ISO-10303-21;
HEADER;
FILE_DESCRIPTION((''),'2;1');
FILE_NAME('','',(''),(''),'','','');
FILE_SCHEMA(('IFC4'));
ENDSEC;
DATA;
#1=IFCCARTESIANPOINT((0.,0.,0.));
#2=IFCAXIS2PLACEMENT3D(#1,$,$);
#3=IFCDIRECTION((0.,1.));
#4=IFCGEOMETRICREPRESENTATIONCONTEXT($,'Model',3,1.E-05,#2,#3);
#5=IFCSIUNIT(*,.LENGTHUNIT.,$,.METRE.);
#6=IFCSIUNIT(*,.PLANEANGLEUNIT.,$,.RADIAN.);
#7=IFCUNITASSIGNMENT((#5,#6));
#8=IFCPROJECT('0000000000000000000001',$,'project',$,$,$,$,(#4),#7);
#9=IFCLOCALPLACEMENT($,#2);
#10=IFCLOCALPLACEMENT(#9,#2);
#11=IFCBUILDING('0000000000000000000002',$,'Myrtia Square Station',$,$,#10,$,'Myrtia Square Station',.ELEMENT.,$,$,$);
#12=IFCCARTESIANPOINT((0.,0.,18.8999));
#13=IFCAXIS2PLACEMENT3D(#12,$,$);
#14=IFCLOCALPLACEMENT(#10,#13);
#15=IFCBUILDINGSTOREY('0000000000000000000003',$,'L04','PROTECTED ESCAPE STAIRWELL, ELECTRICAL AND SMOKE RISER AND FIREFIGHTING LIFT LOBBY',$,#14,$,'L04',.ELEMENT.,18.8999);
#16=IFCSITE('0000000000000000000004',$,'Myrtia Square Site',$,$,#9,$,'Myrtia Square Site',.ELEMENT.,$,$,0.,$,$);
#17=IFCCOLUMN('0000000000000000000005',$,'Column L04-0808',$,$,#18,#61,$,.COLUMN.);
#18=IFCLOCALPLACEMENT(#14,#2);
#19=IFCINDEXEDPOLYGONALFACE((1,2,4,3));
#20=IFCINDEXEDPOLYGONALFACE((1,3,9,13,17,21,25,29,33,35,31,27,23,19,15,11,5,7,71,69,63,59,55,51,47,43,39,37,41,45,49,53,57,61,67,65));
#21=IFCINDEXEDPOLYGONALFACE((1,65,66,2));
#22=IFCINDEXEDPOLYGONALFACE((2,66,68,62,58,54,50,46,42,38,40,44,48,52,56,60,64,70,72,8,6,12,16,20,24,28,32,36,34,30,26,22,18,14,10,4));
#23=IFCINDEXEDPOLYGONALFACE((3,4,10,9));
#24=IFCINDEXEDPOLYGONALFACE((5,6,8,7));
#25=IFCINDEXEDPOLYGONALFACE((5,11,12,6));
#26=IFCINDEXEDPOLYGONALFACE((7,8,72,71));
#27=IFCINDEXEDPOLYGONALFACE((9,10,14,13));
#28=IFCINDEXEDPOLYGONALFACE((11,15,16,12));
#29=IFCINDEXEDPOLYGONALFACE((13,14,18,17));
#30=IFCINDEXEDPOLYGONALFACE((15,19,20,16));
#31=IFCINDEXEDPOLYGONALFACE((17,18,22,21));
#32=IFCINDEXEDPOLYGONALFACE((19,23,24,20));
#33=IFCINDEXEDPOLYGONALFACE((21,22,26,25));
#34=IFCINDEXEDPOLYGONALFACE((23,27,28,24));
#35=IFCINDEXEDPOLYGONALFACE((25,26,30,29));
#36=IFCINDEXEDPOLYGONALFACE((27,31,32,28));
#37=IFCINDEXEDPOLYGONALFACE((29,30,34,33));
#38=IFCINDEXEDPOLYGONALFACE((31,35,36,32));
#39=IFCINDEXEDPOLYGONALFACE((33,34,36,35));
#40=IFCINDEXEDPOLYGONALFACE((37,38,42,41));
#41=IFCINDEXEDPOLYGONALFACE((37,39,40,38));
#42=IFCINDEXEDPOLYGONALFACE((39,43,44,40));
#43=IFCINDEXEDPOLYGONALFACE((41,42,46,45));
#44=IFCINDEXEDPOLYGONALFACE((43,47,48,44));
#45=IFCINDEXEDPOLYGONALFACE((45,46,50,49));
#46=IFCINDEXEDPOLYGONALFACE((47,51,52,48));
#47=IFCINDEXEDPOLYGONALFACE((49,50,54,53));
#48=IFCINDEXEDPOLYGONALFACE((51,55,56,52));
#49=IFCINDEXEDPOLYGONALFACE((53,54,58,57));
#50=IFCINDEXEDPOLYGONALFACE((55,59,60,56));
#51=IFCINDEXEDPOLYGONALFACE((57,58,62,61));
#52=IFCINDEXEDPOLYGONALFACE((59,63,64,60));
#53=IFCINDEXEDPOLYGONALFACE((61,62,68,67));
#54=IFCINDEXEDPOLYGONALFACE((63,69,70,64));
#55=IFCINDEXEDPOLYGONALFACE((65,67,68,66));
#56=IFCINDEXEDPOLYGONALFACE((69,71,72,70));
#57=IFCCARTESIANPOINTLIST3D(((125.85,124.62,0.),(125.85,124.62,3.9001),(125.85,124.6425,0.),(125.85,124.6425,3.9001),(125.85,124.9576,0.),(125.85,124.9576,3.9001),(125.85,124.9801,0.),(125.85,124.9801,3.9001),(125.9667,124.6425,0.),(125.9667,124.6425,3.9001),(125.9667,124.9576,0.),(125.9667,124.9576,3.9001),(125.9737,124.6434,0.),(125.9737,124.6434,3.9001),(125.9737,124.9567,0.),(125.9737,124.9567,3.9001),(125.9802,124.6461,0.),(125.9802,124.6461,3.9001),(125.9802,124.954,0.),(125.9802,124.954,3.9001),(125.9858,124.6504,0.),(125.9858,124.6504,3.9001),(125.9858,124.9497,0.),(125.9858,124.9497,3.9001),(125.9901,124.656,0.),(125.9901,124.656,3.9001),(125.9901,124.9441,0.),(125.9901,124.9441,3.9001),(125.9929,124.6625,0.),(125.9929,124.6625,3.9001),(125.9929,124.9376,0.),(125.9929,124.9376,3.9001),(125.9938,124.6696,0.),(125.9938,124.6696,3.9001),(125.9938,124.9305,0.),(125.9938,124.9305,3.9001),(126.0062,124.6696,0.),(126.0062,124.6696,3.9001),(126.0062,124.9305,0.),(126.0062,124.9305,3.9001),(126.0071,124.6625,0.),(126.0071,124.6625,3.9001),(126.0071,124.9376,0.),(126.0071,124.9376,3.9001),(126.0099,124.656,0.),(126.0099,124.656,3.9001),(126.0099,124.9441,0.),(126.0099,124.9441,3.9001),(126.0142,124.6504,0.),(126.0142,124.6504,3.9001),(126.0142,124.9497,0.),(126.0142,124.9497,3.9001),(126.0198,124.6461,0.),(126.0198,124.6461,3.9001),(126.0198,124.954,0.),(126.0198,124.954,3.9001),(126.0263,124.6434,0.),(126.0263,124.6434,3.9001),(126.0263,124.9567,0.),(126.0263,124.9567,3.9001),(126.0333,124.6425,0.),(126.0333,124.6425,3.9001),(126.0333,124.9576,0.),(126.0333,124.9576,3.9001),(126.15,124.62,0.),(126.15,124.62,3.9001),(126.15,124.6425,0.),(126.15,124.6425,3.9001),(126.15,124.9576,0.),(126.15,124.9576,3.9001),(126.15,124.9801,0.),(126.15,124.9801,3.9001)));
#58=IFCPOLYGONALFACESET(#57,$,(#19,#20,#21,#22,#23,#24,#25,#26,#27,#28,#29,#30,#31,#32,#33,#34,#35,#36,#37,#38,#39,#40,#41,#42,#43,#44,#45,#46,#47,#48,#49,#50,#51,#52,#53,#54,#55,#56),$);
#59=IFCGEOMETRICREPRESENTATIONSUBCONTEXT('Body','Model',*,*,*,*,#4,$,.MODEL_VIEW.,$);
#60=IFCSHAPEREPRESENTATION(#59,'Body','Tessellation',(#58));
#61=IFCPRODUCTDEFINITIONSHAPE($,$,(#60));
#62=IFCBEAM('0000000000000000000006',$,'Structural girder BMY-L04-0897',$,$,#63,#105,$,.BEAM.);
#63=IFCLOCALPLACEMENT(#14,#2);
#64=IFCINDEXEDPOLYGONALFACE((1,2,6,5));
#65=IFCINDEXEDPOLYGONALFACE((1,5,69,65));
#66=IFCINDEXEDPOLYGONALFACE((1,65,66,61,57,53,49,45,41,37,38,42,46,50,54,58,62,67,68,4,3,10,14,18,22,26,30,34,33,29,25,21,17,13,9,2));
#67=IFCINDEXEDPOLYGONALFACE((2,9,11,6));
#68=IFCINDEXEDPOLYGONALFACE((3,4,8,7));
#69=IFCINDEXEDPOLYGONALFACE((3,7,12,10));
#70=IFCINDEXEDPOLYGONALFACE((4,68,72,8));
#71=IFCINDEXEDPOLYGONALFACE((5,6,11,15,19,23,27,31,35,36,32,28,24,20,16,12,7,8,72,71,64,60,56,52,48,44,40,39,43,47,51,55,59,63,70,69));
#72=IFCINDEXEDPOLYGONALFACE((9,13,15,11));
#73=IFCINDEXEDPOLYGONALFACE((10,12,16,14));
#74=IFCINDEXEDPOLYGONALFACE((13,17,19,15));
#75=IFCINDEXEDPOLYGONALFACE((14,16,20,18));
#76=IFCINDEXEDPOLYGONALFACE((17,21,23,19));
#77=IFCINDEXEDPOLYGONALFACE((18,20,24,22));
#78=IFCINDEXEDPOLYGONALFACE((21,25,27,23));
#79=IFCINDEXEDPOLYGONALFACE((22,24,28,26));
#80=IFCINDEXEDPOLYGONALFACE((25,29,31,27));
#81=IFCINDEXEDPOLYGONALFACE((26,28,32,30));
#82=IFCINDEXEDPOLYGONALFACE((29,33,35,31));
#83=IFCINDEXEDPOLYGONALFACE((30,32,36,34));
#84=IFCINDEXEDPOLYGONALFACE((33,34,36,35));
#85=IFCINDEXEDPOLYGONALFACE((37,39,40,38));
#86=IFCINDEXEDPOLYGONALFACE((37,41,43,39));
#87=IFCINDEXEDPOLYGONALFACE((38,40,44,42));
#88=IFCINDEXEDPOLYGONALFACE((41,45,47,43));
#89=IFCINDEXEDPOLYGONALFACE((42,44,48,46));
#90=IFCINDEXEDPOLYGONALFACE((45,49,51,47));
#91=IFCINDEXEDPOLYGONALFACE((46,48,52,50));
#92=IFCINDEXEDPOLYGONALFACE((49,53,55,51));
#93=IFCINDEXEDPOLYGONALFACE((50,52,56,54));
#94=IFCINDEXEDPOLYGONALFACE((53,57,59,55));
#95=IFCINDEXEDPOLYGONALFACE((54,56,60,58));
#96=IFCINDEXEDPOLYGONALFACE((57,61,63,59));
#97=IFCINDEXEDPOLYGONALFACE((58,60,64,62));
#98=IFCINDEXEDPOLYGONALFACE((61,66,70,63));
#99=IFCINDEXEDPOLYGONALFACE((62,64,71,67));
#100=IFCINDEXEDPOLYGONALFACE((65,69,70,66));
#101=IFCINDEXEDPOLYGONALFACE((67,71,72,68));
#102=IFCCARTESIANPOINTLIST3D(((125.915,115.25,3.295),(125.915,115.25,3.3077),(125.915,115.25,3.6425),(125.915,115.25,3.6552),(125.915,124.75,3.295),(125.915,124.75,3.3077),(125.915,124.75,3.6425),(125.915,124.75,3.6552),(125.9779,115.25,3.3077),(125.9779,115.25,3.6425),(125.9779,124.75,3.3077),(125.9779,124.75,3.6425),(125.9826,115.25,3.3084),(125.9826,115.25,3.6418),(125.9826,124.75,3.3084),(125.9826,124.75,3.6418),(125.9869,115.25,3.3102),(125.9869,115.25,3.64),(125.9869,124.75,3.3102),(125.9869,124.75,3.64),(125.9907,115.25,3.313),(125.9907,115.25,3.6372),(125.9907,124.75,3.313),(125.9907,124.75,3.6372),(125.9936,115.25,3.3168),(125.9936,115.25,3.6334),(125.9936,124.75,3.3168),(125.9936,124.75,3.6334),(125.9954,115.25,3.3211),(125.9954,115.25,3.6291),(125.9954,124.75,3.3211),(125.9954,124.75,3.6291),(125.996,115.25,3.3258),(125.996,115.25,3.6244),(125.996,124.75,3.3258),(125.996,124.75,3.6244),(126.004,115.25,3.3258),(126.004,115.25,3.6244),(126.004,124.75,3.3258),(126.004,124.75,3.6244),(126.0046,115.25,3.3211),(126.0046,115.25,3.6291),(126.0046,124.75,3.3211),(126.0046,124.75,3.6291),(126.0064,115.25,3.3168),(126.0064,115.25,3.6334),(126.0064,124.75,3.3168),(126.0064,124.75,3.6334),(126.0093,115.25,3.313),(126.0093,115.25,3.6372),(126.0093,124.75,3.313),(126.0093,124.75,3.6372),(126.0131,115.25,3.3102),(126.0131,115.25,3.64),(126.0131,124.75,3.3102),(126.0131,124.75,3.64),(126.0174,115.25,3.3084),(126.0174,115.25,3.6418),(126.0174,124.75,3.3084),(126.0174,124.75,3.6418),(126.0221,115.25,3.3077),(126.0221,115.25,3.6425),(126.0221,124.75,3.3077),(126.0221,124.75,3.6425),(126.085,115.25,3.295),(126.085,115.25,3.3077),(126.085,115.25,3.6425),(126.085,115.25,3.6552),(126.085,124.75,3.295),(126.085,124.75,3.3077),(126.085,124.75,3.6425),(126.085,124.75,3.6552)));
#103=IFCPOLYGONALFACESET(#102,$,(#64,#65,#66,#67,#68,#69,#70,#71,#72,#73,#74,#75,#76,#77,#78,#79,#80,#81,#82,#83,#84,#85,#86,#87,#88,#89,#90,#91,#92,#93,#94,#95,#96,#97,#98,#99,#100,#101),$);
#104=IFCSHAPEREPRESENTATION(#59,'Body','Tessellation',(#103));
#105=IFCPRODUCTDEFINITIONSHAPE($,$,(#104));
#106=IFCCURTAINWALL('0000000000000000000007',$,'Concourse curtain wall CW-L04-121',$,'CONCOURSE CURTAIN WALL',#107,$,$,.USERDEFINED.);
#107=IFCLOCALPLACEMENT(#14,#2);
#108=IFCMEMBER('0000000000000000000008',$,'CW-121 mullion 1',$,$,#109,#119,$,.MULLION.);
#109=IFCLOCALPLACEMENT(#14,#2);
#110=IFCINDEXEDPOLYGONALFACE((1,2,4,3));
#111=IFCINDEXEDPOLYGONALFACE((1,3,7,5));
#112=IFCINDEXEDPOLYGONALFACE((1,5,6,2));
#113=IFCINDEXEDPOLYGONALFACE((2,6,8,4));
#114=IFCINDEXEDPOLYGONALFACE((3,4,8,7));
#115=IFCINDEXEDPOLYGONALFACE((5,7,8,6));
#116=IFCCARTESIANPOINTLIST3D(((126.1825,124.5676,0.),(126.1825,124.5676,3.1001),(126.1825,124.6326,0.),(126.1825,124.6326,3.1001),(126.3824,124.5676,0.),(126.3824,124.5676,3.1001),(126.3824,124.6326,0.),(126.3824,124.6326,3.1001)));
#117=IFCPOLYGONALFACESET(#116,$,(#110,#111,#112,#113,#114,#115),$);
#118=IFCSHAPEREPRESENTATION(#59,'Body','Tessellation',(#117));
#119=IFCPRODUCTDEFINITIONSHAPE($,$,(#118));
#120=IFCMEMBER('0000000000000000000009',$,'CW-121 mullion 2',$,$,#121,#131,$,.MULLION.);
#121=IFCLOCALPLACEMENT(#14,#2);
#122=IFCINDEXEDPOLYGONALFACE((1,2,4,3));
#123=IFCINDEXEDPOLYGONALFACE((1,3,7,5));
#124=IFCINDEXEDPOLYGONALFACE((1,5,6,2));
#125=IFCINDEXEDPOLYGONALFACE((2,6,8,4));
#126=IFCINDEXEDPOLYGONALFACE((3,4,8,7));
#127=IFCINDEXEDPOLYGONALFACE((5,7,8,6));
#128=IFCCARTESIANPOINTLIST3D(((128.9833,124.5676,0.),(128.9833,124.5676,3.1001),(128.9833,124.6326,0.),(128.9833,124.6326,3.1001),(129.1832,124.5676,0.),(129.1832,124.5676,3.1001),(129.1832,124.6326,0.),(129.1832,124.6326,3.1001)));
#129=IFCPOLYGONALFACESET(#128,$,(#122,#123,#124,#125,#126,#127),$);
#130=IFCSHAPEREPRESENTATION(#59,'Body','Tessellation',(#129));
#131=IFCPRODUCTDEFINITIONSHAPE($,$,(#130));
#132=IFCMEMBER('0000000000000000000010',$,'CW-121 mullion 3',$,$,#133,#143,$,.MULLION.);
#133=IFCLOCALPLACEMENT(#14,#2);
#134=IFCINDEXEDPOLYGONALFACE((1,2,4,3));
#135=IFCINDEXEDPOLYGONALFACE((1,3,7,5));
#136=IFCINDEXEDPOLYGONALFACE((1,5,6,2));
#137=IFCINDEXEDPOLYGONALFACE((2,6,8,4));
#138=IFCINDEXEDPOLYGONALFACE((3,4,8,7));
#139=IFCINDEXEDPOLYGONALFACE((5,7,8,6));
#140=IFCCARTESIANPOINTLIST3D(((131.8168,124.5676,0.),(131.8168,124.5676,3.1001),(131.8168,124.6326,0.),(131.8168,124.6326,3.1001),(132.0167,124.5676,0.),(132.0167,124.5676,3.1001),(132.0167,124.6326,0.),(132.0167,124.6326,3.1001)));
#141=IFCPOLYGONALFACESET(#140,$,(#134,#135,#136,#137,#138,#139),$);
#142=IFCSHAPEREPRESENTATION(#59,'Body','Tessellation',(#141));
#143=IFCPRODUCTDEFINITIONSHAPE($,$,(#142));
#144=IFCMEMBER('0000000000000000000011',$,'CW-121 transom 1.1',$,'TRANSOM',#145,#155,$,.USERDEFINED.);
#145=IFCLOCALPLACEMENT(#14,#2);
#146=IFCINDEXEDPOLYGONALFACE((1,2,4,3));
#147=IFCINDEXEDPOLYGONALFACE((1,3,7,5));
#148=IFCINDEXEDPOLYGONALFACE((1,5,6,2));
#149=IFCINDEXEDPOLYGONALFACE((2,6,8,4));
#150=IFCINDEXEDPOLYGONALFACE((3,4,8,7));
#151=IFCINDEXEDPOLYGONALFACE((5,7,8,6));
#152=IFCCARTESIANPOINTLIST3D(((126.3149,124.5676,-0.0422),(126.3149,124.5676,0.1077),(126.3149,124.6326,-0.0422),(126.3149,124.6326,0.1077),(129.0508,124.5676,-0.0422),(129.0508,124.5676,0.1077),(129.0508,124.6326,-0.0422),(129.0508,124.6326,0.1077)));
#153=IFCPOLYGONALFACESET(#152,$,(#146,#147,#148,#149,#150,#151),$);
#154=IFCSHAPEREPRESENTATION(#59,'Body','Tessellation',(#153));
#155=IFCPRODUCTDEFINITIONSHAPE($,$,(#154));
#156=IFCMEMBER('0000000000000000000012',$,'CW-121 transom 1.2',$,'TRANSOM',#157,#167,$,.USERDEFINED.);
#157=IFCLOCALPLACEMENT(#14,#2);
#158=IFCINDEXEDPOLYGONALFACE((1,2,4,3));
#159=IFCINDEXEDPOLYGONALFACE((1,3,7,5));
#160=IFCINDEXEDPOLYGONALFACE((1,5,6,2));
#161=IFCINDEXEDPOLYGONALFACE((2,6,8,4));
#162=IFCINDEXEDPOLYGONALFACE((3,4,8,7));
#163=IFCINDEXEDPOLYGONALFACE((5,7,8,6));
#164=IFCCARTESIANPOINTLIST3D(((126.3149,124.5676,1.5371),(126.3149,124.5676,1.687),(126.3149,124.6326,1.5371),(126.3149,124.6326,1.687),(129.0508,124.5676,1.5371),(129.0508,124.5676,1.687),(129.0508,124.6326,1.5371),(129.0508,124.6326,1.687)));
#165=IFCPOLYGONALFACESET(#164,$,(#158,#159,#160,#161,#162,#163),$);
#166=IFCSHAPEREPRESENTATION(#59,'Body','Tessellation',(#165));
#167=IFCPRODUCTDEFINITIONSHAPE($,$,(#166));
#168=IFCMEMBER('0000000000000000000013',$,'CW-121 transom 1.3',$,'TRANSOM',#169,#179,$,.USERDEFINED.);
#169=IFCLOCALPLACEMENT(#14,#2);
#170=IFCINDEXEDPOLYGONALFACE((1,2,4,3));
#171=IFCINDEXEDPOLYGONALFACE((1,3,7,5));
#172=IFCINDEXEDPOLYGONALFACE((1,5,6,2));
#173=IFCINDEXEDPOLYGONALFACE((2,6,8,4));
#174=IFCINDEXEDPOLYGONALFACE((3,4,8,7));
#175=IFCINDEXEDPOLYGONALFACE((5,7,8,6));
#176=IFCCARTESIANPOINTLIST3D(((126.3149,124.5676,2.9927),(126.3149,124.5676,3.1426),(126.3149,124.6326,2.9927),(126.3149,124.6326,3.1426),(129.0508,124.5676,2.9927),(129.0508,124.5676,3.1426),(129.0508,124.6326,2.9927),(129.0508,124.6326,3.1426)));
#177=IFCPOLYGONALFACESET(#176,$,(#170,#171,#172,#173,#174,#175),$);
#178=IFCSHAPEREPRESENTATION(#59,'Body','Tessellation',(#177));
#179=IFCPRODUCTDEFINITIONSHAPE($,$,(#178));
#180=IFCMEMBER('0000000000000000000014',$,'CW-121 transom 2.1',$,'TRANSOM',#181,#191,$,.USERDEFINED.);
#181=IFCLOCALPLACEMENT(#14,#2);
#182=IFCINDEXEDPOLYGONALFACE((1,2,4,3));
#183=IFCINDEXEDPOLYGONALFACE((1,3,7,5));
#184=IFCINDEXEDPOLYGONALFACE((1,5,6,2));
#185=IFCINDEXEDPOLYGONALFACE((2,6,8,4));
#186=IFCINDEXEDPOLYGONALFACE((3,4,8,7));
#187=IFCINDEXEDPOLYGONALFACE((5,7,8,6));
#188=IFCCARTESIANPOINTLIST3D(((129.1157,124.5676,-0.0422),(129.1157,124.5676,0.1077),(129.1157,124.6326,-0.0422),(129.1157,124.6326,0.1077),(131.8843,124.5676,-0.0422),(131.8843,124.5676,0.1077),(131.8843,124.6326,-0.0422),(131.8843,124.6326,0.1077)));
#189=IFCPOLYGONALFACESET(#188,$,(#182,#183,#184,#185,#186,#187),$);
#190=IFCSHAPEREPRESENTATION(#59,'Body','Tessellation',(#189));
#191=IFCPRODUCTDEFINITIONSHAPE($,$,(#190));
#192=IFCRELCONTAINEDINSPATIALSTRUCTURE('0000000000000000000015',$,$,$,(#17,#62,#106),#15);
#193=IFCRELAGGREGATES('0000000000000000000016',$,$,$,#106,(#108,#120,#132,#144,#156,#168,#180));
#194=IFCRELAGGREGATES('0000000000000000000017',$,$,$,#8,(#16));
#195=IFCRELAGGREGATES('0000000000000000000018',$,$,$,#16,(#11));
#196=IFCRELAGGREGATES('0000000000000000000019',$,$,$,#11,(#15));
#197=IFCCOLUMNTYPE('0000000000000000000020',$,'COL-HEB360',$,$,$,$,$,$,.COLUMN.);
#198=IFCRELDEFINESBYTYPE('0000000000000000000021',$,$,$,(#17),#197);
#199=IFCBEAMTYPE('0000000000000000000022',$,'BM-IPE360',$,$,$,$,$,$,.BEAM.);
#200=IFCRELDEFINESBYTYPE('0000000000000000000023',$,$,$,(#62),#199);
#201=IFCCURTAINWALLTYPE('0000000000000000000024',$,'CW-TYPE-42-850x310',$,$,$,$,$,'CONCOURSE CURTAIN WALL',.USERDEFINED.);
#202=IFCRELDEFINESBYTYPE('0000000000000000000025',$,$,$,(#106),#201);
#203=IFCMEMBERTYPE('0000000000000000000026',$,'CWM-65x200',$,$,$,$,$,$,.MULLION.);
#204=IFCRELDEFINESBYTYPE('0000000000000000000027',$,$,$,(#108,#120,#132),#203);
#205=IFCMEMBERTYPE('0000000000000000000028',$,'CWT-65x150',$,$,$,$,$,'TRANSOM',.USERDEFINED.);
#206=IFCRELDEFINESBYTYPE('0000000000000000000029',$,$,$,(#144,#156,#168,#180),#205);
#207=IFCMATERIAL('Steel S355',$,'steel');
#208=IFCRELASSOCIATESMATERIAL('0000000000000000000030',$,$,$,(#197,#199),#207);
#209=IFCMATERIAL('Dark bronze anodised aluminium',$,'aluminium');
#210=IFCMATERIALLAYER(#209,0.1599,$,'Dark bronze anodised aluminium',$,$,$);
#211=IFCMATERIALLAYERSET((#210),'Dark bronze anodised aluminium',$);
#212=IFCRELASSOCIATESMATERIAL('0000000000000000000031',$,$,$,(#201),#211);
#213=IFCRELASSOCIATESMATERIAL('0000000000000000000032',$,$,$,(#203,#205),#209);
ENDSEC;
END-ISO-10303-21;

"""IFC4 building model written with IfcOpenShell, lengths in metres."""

from ifc_helpers import new_model, si_unit, direction, frame, origin, origin_2d, place, context, subcontext, project, spatial, rectangle, i_section, extrude, material, layer, layer_set, material_profile, profile_set, type_object, element, aggregate, save


model = new_model("IFC4")

# Units and contexts
model_context = context("Model", 3, precision=1e-05, world=origin(), true_north=direction((0.0, 1.0)))
body_context = subcontext(model_context, "Body", "Model", "MODEL_VIEW")
ifc_project = project(units=[si_unit("LENGTHUNIT", "METRE"), si_unit("PLANEANGLEUNIT", "RADIAN")], contexts=[model_context])

# Site, building, storey
site_placement = place(None, origin())
site = spatial("IfcSite", under=ifc_project, at=site_placement, Name="Myrtia Square Site", LongName="Myrtia Square Site", CompositionType="ELEMENT", RefElevation=0.0)
building_placement = place(site_placement, origin())
building = spatial("IfcBuilding", under=site, at=building_placement, Name="Myrtia Square Station", LongName="Myrtia Square Station", CompositionType="ELEMENT")
storey_placement = place(building_placement, frame((0.0, 0.0, 18.8999)))
storey = spatial("IfcBuildingStorey", under=building, at=storey_placement, Name="L04", Description="PROTECTED ESCAPE STAIRWELL, ELECTRICAL AND SMOKE RISER AND FIREFIGHTING LIFT LOBBY", LongName="L04", CompositionType="ELEMENT", Elevation=18.8999)

# Column
ifc_material_1 = material(Name="Steel S355", Category="steel")
ifc_material_profile_1 = material_profile(ifc_material_1, i_section(OverallWidth=0.3, OverallDepth=0.3601, WebThickness=0.0125, FlangeThickness=0.0225, FilletRadius=0.0271, at=origin_2d()), Name="HEB 360")
ifc_profile_set_1 = profile_set([ifc_material_profile_1], Name="Steel S355")
column_type = type_object("IfcColumnType", Name="COL-HEB360", PredefinedType="COLUMN", material=ifc_profile_set_1)
column_placement = place(storey_placement, frame((126.0, 124.8, 0.0), z_axis=(0.0, 0.0, 1.0), x_axis=(1.0, 0.0, 0.0)))
element("IfcColumn", 1, at=column_placement, inside=storey, type_object=column_type, Name="Column L04-0808", PredefinedType="COLUMN", context=body_context, shape_type="SweptSolid", body=[
    extrude(i_section(OverallWidth=0.3, OverallDepth=0.3601, WebThickness=0.0125, FlangeThickness=0.0225, FilletRadius=0.0271, at=origin_2d()), origin(), (0.0, 0.0, 1.0), 3.9001),
])

# Beam
ifc_material_profile_2 = material_profile(ifc_material_1, i_section(OverallWidth=0.1699, OverallDepth=0.3601, WebThickness=0.0081, FlangeThickness=0.0127, FilletRadius=0.0181, at=origin_2d()), Name="IPE 360")
ifc_profile_set_2 = profile_set([ifc_material_profile_2], Name="Steel S355")
beam_type_1 = type_object("IfcBeamType", Name="BM-IPE360", PredefinedType="BEAM", material=ifc_profile_set_2)
beam_1_placement = place(storey_placement, frame((126.0, 115.25, 3.4751), z_axis=(0.0, 1.0, 0.0), x_axis=(-1.0, 0.0, 0.0)))
element("IfcBeam", 2, at=beam_1_placement, inside=storey, type_object=beam_type_1, Name="Structural girder BMY-L04-0897", PredefinedType="BEAM", context=body_context, shape_type="SweptSolid", body=[
    extrude(i_section(OverallWidth=0.1699, OverallDepth=0.3601, WebThickness=0.0081, FlangeThickness=0.0127, FilletRadius=0.0181, at=origin_2d()), origin(), (0.0, 0.0, 1.0), 9.5),
])

# Curtain wall, members
ifc_material_2 = material(Name="Dark bronze anodised aluminium", Category="aluminium")
ifc_layer_1 = layer(ifc_material_2, 0.1599, Name="Dark bronze anodised aluminium")
ifc_layer_set_1 = layer_set([ifc_layer_1], Name="Dark bronze anodised aluminium")
curtain_wall_type = type_object("IfcCurtainWallType", Name="CW-TYPE-42-850x310", ElementType="CONCOURSE CURTAIN WALL", PredefinedType="USERDEFINED", material=ifc_layer_set_1)
curtain_wall_placement = place(storey_placement, origin())
curtain_wall = element("IfcCurtainWall", 3, at=curtain_wall_placement, inside=storey, type_object=curtain_wall_type, Name="Concourse curtain wall CW-L04-121", ObjectType="CONCOURSE CURTAIN WALL", PredefinedType="USERDEFINED")
ifc_material_profile_3 = material_profile(ifc_material_2, rectangle(XDim=0.0649, YDim=0.2, at=origin_2d()), Name="ALU-M 65x200")
ifc_profile_set_3 = profile_set([ifc_material_profile_3], Name="Dark bronze anodised aluminium")
member_type_1 = type_object("IfcMemberType", Name="CWM-65x200", PredefinedType="MULLION", material=ifc_profile_set_3)
member_1_placement = place(storey_placement, frame((126.2825, 124.6001, 0.0), z_axis=(0.0, 0.0, 1.0), x_axis=(0.0, 1.0, 0.0)))
member_1 = element("IfcMember", 4, at=member_1_placement, type_object=member_type_1, Name="CW-121 mullion 1", PredefinedType="MULLION", context=body_context, shape_type="SweptSolid", body=[
    extrude(rectangle(XDim=0.0649, YDim=0.2, at=origin_2d()), origin(), (0.0, 0.0, 1.0), 3.1001),
])
member_2_placement = place(storey_placement, frame((129.0833, 124.6001, 0.0), z_axis=(0.0, 0.0, 1.0), x_axis=(0.0, 1.0, 0.0)))
member_2 = element("IfcMember", 5, at=member_2_placement, type_object=member_type_1, Name="CW-121 mullion 2", PredefinedType="MULLION", context=body_context, shape_type="SweptSolid", body=[
    extrude(rectangle(XDim=0.0649, YDim=0.2, at=origin_2d()), origin(), (0.0, 0.0, 1.0), 3.1001),
])
member_3_placement = place(storey_placement, frame((131.9167, 124.6001, 0.0), z_axis=(0.0, 0.0, 1.0), x_axis=(0.0, 1.0, 0.0)))
member_3 = element("IfcMember", 6, at=member_3_placement, type_object=member_type_1, Name="CW-121 mullion 3", PredefinedType="MULLION", context=body_context, shape_type="SweptSolid", body=[
    extrude(rectangle(XDim=0.0649, YDim=0.2, at=origin_2d()), origin(), (0.0, 0.0, 1.0), 3.1001),
])
ifc_material_profile_4 = material_profile(ifc_material_2, rectangle(XDim=0.0649, YDim=0.1499, at=origin_2d()), Name="ALU-T 65x150")
ifc_profile_set_4 = profile_set([ifc_material_profile_4], Name="Dark bronze anodised aluminium")
member_type_2 = type_object("IfcMemberType", Name="CWT-65x150", ElementType="TRANSOM", PredefinedType="USERDEFINED", material=ifc_profile_set_4)
member_4_placement = place(storey_placement, frame((126.3149, 124.6001, 0.0327), z_axis=(1.0, 0.0, 0.0), x_axis=(0.0, 1.0, 0.0)))
member_4 = element("IfcMember", 7, at=member_4_placement, type_object=member_type_2, Name="CW-121 transom 1.1", ObjectType="TRANSOM", PredefinedType="USERDEFINED", context=body_context, shape_type="SweptSolid", body=[
    extrude(rectangle(XDim=0.0649, YDim=0.1499, at=origin_2d()), origin(), (0.0, 0.0, 1.0), 2.7358),
])
member_5_placement = place(storey_placement, frame((126.3149, 124.6001, 1.6121), z_axis=(1.0, 0.0, 0.0), x_axis=(0.0, 1.0, 0.0)))
member_5 = element("IfcMember", 8, at=member_5_placement, type_object=member_type_2, Name="CW-121 transom 1.2", ObjectType="TRANSOM", PredefinedType="USERDEFINED", context=body_context, shape_type="SweptSolid", body=[
    extrude(rectangle(XDim=0.0649, YDim=0.1499, at=origin_2d()), origin(), (0.0, 0.0, 1.0), 2.7358),
])
member_6_placement = place(storey_placement, frame((126.3149, 124.6001, 3.0676), z_axis=(1.0, 0.0, 0.0), x_axis=(0.0, 1.0, 0.0)))
member_6 = element("IfcMember", 9, at=member_6_placement, type_object=member_type_2, Name="CW-121 transom 1.3", ObjectType="TRANSOM", PredefinedType="USERDEFINED", context=body_context, shape_type="SweptSolid", body=[
    extrude(rectangle(XDim=0.0649, YDim=0.1499, at=origin_2d()), origin(), (0.0, 0.0, 1.0), 2.7358),
])
member_7_placement = place(storey_placement, frame((129.1157, 124.6001, 0.0327), z_axis=(1.0, 0.0, 0.0), x_axis=(0.0, 1.0, 0.0)))
member_7 = element("IfcMember", 10, at=member_7_placement, type_object=member_type_2, Name="CW-121 transom 2.1", ObjectType="TRANSOM", PredefinedType="USERDEFINED", context=body_context, shape_type="SweptSolid", body=[
    extrude(rectangle(XDim=0.0649, YDim=0.1499, at=origin_2d()), origin(), (0.0, 0.0, 1.0), 2.7686),
])

aggregate(curtain_wall, [member_1, member_2, member_3, member_4, member_5, member_6, member_7])

save(model, "model.ifc")
